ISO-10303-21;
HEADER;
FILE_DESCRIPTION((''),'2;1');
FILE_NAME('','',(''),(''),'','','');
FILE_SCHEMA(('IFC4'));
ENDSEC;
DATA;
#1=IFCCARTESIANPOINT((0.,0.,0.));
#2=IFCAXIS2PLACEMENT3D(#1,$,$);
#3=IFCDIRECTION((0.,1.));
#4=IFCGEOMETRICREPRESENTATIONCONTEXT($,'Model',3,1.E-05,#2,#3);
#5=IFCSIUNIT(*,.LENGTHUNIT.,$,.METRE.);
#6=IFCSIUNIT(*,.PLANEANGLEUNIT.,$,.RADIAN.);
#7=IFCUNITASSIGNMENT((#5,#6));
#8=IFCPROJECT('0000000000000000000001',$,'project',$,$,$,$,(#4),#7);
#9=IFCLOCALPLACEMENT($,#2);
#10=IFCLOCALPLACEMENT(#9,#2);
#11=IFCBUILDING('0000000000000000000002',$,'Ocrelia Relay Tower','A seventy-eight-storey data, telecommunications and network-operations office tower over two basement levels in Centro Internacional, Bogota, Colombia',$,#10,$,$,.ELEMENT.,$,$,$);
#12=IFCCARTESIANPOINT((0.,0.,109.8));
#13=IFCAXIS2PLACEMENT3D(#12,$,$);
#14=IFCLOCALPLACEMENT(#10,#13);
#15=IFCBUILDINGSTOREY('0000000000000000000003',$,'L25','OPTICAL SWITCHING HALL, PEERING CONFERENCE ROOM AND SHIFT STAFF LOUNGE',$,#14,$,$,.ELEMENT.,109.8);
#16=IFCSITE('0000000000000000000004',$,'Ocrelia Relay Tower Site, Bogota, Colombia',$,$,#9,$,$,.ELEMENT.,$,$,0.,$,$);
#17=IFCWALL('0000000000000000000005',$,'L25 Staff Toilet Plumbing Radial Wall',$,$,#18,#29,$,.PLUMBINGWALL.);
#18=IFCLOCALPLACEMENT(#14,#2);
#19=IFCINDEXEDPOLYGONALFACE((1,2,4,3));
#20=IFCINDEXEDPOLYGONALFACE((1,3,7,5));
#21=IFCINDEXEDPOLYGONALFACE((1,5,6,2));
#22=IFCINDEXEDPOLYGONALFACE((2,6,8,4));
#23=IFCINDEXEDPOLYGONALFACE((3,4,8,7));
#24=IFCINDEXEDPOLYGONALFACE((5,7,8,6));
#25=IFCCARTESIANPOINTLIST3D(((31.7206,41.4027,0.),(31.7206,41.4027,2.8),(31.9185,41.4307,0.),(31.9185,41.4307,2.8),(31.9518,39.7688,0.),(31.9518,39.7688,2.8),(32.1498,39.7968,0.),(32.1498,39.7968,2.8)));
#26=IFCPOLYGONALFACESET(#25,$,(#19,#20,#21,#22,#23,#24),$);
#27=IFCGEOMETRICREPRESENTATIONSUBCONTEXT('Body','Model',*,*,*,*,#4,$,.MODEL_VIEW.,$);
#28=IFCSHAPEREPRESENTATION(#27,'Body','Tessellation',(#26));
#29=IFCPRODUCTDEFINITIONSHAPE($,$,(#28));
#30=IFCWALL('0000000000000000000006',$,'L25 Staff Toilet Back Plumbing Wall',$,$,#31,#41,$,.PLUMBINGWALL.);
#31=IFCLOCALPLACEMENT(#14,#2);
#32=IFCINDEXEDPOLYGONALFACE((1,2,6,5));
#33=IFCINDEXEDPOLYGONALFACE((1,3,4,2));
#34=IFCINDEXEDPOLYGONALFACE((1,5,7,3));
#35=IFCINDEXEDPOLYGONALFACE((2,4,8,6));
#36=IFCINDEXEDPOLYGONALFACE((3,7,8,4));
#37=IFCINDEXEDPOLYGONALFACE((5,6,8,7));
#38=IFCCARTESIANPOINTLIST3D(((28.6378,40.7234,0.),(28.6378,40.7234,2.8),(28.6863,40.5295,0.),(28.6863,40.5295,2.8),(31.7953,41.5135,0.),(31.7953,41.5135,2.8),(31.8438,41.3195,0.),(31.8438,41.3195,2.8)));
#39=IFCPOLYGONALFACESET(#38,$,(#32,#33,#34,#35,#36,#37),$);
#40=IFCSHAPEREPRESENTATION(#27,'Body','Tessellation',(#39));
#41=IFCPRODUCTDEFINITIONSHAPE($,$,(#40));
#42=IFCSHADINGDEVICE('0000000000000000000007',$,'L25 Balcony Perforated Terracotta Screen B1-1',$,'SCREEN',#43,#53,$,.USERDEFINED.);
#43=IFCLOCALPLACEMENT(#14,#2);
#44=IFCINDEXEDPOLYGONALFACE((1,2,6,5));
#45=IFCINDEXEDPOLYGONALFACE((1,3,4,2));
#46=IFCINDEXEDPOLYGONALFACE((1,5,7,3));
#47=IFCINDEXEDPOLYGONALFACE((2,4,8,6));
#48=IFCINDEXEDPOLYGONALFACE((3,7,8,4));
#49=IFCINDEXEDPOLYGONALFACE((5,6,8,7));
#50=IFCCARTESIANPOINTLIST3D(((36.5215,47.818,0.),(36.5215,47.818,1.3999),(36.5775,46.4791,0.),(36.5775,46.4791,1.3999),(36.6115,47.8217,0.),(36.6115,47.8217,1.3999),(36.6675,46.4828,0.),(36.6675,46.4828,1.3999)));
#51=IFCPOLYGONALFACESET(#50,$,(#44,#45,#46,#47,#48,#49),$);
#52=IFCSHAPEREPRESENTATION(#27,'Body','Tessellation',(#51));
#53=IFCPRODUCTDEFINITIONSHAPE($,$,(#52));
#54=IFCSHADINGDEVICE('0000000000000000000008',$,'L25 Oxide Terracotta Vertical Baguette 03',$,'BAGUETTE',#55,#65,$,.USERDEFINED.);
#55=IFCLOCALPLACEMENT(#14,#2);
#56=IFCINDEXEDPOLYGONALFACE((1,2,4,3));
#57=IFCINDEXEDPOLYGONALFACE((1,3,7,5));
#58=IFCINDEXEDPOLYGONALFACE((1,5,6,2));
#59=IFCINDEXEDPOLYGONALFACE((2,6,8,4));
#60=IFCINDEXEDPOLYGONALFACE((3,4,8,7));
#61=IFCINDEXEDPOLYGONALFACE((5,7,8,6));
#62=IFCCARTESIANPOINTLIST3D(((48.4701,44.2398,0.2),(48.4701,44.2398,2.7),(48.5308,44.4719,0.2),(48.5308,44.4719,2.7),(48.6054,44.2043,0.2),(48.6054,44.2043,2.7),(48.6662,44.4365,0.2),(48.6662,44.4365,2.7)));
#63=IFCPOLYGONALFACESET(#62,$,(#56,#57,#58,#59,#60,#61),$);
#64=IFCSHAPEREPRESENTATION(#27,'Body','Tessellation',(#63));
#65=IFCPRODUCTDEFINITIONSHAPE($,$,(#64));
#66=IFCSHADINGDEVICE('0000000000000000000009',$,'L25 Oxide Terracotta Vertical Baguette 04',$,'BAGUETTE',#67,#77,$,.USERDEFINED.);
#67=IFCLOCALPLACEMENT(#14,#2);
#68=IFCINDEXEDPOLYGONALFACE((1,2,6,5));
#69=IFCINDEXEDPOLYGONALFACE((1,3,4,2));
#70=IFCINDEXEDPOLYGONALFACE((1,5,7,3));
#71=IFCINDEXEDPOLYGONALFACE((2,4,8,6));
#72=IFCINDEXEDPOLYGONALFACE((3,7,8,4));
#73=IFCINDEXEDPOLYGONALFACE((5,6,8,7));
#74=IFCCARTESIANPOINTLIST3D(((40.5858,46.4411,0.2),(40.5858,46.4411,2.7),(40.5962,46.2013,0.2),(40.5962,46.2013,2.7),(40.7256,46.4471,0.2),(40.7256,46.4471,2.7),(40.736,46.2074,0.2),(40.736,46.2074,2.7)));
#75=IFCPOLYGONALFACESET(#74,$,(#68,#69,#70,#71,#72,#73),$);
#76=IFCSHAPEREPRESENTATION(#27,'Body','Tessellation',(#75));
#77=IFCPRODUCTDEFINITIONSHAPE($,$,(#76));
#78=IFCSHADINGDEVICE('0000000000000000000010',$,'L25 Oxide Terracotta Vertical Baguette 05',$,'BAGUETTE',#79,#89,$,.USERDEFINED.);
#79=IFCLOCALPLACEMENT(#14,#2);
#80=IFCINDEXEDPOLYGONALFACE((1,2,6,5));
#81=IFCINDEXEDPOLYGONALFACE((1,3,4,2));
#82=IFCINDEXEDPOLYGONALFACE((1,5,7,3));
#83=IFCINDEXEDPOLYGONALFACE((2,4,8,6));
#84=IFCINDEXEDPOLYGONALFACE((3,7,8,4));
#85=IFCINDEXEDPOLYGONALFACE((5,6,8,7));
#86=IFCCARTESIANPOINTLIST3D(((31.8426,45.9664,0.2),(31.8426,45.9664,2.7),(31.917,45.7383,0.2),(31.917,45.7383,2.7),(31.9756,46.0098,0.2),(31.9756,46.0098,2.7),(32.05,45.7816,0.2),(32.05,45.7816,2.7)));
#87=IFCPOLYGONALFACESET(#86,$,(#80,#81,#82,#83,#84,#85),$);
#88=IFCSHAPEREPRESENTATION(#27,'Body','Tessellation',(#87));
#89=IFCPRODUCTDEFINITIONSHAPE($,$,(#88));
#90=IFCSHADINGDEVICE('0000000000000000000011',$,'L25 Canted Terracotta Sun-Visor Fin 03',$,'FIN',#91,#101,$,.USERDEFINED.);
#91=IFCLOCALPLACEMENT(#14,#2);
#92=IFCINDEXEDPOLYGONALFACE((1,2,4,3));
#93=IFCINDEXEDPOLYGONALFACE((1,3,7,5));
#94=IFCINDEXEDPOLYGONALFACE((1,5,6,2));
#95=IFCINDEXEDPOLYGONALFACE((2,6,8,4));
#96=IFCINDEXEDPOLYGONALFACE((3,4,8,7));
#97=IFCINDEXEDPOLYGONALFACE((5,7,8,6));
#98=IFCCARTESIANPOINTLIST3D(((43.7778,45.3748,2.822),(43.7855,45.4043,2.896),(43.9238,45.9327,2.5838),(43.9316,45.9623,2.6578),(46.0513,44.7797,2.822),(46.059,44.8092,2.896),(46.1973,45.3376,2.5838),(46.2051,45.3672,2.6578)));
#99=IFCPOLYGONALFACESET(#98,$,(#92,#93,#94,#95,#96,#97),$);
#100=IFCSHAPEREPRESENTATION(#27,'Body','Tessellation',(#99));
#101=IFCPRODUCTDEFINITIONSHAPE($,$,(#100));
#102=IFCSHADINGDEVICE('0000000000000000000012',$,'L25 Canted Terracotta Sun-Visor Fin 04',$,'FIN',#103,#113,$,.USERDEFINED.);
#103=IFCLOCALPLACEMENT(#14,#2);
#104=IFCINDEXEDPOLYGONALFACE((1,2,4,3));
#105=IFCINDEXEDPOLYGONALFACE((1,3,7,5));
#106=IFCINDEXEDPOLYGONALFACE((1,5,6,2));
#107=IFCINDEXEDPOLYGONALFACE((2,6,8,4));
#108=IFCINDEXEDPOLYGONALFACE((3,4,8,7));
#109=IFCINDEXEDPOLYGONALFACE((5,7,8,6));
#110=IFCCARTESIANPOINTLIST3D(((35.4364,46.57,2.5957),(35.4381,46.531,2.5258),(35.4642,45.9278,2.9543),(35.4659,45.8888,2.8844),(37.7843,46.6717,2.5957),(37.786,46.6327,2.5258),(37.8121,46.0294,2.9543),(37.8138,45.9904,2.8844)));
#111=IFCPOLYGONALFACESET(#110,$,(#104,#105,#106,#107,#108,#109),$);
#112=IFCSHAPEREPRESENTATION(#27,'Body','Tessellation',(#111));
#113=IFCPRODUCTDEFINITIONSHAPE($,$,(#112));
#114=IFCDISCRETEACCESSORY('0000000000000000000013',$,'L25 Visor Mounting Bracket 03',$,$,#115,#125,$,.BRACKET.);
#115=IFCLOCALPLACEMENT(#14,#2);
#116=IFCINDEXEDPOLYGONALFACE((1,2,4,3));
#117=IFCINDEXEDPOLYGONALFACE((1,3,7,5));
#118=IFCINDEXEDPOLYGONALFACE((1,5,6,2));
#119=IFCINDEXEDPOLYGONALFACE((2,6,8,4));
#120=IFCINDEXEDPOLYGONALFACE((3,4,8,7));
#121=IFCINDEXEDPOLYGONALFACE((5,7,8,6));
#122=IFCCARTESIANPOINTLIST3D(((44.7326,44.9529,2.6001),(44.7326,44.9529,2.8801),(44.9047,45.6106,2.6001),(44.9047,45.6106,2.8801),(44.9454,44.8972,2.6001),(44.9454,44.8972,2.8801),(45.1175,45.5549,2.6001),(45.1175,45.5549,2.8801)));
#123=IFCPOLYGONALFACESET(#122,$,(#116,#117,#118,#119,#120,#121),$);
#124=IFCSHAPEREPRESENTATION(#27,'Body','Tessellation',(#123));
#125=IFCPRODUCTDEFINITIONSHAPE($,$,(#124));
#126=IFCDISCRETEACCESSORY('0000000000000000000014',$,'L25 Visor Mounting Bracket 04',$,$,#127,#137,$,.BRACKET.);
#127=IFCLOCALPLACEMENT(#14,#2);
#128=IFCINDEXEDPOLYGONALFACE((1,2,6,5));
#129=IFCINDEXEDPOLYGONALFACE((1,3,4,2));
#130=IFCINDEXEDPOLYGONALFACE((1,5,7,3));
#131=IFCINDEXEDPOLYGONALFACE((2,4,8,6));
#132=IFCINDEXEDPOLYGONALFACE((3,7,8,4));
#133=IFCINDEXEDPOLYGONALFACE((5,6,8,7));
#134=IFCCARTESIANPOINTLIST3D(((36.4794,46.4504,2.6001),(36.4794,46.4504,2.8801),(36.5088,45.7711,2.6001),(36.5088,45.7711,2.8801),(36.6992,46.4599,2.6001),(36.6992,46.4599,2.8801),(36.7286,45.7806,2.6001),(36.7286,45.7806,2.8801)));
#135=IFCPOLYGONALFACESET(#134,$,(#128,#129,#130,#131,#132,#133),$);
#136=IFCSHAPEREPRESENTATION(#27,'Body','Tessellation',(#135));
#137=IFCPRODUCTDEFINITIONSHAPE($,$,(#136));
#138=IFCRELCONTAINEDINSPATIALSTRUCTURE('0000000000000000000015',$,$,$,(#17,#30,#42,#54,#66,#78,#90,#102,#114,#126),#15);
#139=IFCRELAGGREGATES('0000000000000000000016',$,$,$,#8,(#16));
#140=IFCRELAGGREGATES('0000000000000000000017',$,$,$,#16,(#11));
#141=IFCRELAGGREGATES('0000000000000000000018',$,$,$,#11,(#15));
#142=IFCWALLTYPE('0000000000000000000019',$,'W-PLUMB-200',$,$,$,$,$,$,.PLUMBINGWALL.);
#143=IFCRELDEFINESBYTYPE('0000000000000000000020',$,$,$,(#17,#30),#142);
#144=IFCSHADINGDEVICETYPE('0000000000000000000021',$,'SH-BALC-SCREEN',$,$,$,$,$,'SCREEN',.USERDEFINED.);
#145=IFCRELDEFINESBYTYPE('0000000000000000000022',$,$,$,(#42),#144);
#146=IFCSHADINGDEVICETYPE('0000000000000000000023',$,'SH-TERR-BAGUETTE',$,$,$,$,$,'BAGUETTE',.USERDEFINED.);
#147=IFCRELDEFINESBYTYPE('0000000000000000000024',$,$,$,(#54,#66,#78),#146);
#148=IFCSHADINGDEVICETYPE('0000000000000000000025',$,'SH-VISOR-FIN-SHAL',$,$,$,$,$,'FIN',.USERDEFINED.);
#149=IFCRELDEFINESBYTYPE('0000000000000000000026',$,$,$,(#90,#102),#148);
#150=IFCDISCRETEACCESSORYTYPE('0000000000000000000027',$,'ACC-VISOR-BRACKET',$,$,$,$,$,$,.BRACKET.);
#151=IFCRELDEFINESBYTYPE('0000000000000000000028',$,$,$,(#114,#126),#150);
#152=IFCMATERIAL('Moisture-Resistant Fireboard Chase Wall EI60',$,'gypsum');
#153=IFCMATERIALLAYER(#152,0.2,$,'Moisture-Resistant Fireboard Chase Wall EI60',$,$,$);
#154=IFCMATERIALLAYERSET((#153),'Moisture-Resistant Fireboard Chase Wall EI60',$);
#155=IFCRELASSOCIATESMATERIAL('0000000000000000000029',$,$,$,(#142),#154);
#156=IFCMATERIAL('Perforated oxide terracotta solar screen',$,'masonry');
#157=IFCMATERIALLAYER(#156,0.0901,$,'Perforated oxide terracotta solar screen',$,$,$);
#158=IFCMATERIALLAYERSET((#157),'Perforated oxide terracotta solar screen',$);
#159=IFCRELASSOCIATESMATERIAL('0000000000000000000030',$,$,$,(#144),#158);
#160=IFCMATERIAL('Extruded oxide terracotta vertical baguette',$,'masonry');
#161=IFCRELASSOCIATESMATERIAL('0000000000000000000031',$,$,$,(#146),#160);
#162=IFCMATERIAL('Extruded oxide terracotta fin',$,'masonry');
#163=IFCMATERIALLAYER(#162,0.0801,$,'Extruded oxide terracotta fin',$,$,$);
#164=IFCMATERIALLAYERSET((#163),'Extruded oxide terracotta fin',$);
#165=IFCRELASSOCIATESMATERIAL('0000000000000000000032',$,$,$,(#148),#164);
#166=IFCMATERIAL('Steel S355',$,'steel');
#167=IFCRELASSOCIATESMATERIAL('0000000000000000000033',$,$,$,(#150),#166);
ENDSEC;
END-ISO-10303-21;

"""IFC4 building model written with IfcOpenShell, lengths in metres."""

from ifc_helpers import new_model, si_unit, direction, frame, frame_2d, origin, origin_2d, place, context, subcontext, project, spatial, rectangle, extrude, material, layer, layer_set, type_object, element, save


model = new_model("IFC4")

# Units and contexts
model_context = context("Model", 3, precision=1e-05, world=origin(), true_north=direction((0.0, 1.0)))
body_context = subcontext(model_context, "Body", "Model", "MODEL_VIEW")
ifc_project = project(units=[si_unit("LENGTHUNIT", "METRE"), si_unit("PLANEANGLEUNIT", "RADIAN")], contexts=[model_context])

# Site, building, storey
site_placement = place(None, origin())
site = spatial("IfcSite", under=ifc_project, at=site_placement, Name="Ocrelia Relay Tower Site, Bogota, Colombia", CompositionType="ELEMENT", RefElevation=0.0)
building_placement = place(site_placement, origin())
building = spatial("IfcBuilding", under=site, at=building_placement, Name="Ocrelia Relay Tower", Description="A seventy-eight-storey data, telecommunications and network-operations office tower over two basement levels in Centro Internacional, Bogota, Colombia", CompositionType="ELEMENT")
storey_placement = place(building_placement, frame((0.0, 0.0, 109.8)))
storey = spatial("IfcBuildingStorey", under=building, at=storey_placement, Name="L25", Description="OPTICAL SWITCHING HALL, PEERING CONFERENCE ROOM AND SHIFT STAFF LOUNGE", CompositionType="ELEMENT", Elevation=109.8)

# Shared definitions
ifc_material_1 = material(Name="Steel S355", Category="steel")

# Walls
ifc_material_2 = material(Name="Moisture-Resistant Fireboard Chase Wall EI60", Category="gypsum")
ifc_layer_1 = layer(ifc_material_2, 0.2, Name="Moisture-Resistant Fireboard Chase Wall EI60")
ifc_layer_set_1 = layer_set([ifc_layer_1], Name="Moisture-Resistant Fireboard Chase Wall EI60")
wall_type_1 = type_object("IfcWallType", Name="W-PLUMB-200", PredefinedType="PLUMBINGWALL", material=ifc_layer_set_1)
wall_1_placement = place(storey_placement, frame((32.0508, 39.7827, 0.0), z_axis=(0.0, 0.0, 1.0), x_axis=(-0.140116, 0.990135, 0.0)))
element("IfcWall", 1, at=wall_1_placement, inside=storey, type_object=wall_type_1, Name="L25 Staff Toilet Plumbing Radial Wall", PredefinedType="PLUMBINGWALL", context=body_context, shape_type="SweptSolid", body=[
    extrude(rectangle(XDim=1.6501, YDim=0.2, at=frame_2d((0.8252, 0.0))), origin(), (0.0, 0.0, 1.0), 2.8),
])
wall_2_placement = place(storey_placement, frame((31.8196, 41.4165, 0.0), z_axis=(0.0, 0.0, 1.0), x_axis=(-0.970094, -0.24273, 0.0)))
element("IfcWall", 2, at=wall_2_placement, inside=storey, type_object=wall_type_1, Name="L25 Staff Toilet Back Plumbing Wall", PredefinedType="PLUMBINGWALL", context=body_context, shape_type="SweptSolid", body=[
    extrude(rectangle(XDim=3.2549, YDim=0.2, at=frame_2d((1.6274, 0.0))), origin(), (0.0, 0.0, 1.0), 2.8),
])

# Shading devices
ifc_material_3 = material(Name="Perforated oxide terracotta solar screen", Category="masonry")
ifc_layer_2 = layer(ifc_material_3, 0.0901, Name="Perforated oxide terracotta solar screen")
ifc_layer_set_2 = layer_set([ifc_layer_2], Name="Perforated oxide terracotta solar screen")
shading_device_type_1 = type_object("IfcShadingDeviceType", Name="SH-BALC-SCREEN", ElementType="SCREEN", PredefinedType="USERDEFINED", material=ifc_layer_set_2)
shading_device_1_placement = place(storey_placement, frame((36.5945, 47.1504, 0.0), z_axis=(0.0, 0.0, 1.0), x_axis=(-0.041765, 0.999127, 0.0)))
element("IfcShadingDevice", 3, at=shading_device_1_placement, inside=storey, type_object=shading_device_type_1, Name="L25 Balcony Perforated Terracotta Screen B1-1", ObjectType="SCREEN", PredefinedType="USERDEFINED", context=body_context, shape_type="SweptSolid", body=[
    extrude(rectangle(XDim=1.3401, YDim=0.0901, at=origin_2d()), origin(), (0.0, 0.0, 1.0), 1.3999),
])
ifc_material_4 = material(Name="Extruded oxide terracotta vertical baguette", Category="masonry")
shading_device_type_2 = type_object("IfcShadingDeviceType", Name="SH-TERR-BAGUETTE", ElementType="BAGUETTE", PredefinedType="USERDEFINED", material=ifc_material_4)
for number, where, z_axis, x_axis, name in (
    (4, (48.5681, 44.3381, 0.2), (0.0, 0.0, 1.0), (-0.967407, 0.253226, 0.0), "L25 Oxide Terracotta Vertical Baguette 03"),
    (5, (40.6609, 46.3242, 0.2), (0.0, 0.0, 1.0), (-0.999064, -0.04325, 0.0), "L25 Oxide Terracotta Vertical Baguette 04"),
    (6, (31.9463, 45.874, 0.2), (0.0, 0.0, 1.0), (-0.950787, -0.309847, 0.0), "L25 Oxide Terracotta Vertical Baguette 05"),
):
    element("IfcShadingDevice", number, at=place(storey_placement, frame(where, z_axis=z_axis, x_axis=x_axis)), inside=storey, type_object=shading_device_type_2, Name=name, ObjectType="BAGUETTE", PredefinedType="USERDEFINED", context=body_context, shape_type="SweptSolid", body=[
        extrude(rectangle(XDim=0.1399, YDim=0.24, at=origin_2d()), origin(), (0.0, 0.0, 1.0), 2.5),
    ])
ifc_material_5 = material(Name="Extruded oxide terracotta fin", Category="masonry")
ifc_layer_3 = layer(ifc_material_5, 0.0801, Name="Extruded oxide terracotta fin")
ifc_layer_set_3 = layer_set([ifc_layer_3], Name="Extruded oxide terracotta fin")
shading_device_type_3 = type_object("IfcShadingDeviceType", Name="SH-VISOR-FIN-SHAL", ElementType="FIN", PredefinedType="USERDEFINED", material=ifc_layer_set_3)
shading_device_2_placement = place(storey_placement, frame((44.9875, 45.3562, 2.7029), z_axis=(0.09666, 0.369275, 0.92428), x_axis=(-0.967407, 0.253226, 0.0)))
element("IfcShadingDevice", 7, at=shading_device_2_placement, inside=storey, type_object=shading_device_type_3, Name="L25 Canted Terracotta Sun-Visor Fin 03", ObjectType="FIN", PredefinedType="USERDEFINED", context=body_context, shape_type="SweptSolid", body=[
    extrude(rectangle(XDim=2.3501, YDim=0.624, at=origin_2d()), origin(), (0.0, 0.0, 1.0), 0.0801),
])
shading_device_3_placement = place(storey_placement, frame((36.626, 46.2607, 2.7051), z_axis=(-0.021067, 0.486642, 0.873347), x_axis=(-0.999064, -0.04325, 0.0)))
element("IfcShadingDevice", 8, at=shading_device_3_placement, inside=storey, type_object=shading_device_type_3, Name="L25 Canted Terracotta Sun-Visor Fin 04", ObjectType="FIN", PredefinedType="USERDEFINED", context=body_context, shape_type="SweptSolid", body=[
    extrude(rectangle(XDim=2.3501, YDim=0.7361, at=origin_2d()), origin(), (0.0, 0.0, 1.0), 0.0801),
])

# Discrete accessories
discrete_accessory_type = type_object("IfcDiscreteAccessoryType", Name="ACC-VISOR-BRACKET", PredefinedType="BRACKET", material=ifc_material_1)
for number, where, z_axis, x_axis, name in (
    (9, (44.925, 45.2539, 2.6001), (0.0, 0.0, 1.0), (-0.967407, 0.253226, 0.0), "L25 Visor Mounting Bracket 03"),
    (10, (36.604, 46.1155, 2.6001), (0.0, 0.0, 1.0), (-0.999064, -0.04325, 0.0), "L25 Visor Mounting Bracket 04"),
):
    element("IfcDiscreteAccessory", number, at=place(storey_placement, frame(where, z_axis=z_axis, x_axis=x_axis)), inside=storey, type_object=discrete_accessory_type, Name=name, PredefinedType="BRACKET", context=body_context, shape_type="SweptSolid", body=[
        extrude(rectangle(XDim=0.22, YDim=0.6799, at=origin_2d()), origin(), (0.0, 0.0, 1.0), 0.28),
    ])

save(model, "model.ifc")
